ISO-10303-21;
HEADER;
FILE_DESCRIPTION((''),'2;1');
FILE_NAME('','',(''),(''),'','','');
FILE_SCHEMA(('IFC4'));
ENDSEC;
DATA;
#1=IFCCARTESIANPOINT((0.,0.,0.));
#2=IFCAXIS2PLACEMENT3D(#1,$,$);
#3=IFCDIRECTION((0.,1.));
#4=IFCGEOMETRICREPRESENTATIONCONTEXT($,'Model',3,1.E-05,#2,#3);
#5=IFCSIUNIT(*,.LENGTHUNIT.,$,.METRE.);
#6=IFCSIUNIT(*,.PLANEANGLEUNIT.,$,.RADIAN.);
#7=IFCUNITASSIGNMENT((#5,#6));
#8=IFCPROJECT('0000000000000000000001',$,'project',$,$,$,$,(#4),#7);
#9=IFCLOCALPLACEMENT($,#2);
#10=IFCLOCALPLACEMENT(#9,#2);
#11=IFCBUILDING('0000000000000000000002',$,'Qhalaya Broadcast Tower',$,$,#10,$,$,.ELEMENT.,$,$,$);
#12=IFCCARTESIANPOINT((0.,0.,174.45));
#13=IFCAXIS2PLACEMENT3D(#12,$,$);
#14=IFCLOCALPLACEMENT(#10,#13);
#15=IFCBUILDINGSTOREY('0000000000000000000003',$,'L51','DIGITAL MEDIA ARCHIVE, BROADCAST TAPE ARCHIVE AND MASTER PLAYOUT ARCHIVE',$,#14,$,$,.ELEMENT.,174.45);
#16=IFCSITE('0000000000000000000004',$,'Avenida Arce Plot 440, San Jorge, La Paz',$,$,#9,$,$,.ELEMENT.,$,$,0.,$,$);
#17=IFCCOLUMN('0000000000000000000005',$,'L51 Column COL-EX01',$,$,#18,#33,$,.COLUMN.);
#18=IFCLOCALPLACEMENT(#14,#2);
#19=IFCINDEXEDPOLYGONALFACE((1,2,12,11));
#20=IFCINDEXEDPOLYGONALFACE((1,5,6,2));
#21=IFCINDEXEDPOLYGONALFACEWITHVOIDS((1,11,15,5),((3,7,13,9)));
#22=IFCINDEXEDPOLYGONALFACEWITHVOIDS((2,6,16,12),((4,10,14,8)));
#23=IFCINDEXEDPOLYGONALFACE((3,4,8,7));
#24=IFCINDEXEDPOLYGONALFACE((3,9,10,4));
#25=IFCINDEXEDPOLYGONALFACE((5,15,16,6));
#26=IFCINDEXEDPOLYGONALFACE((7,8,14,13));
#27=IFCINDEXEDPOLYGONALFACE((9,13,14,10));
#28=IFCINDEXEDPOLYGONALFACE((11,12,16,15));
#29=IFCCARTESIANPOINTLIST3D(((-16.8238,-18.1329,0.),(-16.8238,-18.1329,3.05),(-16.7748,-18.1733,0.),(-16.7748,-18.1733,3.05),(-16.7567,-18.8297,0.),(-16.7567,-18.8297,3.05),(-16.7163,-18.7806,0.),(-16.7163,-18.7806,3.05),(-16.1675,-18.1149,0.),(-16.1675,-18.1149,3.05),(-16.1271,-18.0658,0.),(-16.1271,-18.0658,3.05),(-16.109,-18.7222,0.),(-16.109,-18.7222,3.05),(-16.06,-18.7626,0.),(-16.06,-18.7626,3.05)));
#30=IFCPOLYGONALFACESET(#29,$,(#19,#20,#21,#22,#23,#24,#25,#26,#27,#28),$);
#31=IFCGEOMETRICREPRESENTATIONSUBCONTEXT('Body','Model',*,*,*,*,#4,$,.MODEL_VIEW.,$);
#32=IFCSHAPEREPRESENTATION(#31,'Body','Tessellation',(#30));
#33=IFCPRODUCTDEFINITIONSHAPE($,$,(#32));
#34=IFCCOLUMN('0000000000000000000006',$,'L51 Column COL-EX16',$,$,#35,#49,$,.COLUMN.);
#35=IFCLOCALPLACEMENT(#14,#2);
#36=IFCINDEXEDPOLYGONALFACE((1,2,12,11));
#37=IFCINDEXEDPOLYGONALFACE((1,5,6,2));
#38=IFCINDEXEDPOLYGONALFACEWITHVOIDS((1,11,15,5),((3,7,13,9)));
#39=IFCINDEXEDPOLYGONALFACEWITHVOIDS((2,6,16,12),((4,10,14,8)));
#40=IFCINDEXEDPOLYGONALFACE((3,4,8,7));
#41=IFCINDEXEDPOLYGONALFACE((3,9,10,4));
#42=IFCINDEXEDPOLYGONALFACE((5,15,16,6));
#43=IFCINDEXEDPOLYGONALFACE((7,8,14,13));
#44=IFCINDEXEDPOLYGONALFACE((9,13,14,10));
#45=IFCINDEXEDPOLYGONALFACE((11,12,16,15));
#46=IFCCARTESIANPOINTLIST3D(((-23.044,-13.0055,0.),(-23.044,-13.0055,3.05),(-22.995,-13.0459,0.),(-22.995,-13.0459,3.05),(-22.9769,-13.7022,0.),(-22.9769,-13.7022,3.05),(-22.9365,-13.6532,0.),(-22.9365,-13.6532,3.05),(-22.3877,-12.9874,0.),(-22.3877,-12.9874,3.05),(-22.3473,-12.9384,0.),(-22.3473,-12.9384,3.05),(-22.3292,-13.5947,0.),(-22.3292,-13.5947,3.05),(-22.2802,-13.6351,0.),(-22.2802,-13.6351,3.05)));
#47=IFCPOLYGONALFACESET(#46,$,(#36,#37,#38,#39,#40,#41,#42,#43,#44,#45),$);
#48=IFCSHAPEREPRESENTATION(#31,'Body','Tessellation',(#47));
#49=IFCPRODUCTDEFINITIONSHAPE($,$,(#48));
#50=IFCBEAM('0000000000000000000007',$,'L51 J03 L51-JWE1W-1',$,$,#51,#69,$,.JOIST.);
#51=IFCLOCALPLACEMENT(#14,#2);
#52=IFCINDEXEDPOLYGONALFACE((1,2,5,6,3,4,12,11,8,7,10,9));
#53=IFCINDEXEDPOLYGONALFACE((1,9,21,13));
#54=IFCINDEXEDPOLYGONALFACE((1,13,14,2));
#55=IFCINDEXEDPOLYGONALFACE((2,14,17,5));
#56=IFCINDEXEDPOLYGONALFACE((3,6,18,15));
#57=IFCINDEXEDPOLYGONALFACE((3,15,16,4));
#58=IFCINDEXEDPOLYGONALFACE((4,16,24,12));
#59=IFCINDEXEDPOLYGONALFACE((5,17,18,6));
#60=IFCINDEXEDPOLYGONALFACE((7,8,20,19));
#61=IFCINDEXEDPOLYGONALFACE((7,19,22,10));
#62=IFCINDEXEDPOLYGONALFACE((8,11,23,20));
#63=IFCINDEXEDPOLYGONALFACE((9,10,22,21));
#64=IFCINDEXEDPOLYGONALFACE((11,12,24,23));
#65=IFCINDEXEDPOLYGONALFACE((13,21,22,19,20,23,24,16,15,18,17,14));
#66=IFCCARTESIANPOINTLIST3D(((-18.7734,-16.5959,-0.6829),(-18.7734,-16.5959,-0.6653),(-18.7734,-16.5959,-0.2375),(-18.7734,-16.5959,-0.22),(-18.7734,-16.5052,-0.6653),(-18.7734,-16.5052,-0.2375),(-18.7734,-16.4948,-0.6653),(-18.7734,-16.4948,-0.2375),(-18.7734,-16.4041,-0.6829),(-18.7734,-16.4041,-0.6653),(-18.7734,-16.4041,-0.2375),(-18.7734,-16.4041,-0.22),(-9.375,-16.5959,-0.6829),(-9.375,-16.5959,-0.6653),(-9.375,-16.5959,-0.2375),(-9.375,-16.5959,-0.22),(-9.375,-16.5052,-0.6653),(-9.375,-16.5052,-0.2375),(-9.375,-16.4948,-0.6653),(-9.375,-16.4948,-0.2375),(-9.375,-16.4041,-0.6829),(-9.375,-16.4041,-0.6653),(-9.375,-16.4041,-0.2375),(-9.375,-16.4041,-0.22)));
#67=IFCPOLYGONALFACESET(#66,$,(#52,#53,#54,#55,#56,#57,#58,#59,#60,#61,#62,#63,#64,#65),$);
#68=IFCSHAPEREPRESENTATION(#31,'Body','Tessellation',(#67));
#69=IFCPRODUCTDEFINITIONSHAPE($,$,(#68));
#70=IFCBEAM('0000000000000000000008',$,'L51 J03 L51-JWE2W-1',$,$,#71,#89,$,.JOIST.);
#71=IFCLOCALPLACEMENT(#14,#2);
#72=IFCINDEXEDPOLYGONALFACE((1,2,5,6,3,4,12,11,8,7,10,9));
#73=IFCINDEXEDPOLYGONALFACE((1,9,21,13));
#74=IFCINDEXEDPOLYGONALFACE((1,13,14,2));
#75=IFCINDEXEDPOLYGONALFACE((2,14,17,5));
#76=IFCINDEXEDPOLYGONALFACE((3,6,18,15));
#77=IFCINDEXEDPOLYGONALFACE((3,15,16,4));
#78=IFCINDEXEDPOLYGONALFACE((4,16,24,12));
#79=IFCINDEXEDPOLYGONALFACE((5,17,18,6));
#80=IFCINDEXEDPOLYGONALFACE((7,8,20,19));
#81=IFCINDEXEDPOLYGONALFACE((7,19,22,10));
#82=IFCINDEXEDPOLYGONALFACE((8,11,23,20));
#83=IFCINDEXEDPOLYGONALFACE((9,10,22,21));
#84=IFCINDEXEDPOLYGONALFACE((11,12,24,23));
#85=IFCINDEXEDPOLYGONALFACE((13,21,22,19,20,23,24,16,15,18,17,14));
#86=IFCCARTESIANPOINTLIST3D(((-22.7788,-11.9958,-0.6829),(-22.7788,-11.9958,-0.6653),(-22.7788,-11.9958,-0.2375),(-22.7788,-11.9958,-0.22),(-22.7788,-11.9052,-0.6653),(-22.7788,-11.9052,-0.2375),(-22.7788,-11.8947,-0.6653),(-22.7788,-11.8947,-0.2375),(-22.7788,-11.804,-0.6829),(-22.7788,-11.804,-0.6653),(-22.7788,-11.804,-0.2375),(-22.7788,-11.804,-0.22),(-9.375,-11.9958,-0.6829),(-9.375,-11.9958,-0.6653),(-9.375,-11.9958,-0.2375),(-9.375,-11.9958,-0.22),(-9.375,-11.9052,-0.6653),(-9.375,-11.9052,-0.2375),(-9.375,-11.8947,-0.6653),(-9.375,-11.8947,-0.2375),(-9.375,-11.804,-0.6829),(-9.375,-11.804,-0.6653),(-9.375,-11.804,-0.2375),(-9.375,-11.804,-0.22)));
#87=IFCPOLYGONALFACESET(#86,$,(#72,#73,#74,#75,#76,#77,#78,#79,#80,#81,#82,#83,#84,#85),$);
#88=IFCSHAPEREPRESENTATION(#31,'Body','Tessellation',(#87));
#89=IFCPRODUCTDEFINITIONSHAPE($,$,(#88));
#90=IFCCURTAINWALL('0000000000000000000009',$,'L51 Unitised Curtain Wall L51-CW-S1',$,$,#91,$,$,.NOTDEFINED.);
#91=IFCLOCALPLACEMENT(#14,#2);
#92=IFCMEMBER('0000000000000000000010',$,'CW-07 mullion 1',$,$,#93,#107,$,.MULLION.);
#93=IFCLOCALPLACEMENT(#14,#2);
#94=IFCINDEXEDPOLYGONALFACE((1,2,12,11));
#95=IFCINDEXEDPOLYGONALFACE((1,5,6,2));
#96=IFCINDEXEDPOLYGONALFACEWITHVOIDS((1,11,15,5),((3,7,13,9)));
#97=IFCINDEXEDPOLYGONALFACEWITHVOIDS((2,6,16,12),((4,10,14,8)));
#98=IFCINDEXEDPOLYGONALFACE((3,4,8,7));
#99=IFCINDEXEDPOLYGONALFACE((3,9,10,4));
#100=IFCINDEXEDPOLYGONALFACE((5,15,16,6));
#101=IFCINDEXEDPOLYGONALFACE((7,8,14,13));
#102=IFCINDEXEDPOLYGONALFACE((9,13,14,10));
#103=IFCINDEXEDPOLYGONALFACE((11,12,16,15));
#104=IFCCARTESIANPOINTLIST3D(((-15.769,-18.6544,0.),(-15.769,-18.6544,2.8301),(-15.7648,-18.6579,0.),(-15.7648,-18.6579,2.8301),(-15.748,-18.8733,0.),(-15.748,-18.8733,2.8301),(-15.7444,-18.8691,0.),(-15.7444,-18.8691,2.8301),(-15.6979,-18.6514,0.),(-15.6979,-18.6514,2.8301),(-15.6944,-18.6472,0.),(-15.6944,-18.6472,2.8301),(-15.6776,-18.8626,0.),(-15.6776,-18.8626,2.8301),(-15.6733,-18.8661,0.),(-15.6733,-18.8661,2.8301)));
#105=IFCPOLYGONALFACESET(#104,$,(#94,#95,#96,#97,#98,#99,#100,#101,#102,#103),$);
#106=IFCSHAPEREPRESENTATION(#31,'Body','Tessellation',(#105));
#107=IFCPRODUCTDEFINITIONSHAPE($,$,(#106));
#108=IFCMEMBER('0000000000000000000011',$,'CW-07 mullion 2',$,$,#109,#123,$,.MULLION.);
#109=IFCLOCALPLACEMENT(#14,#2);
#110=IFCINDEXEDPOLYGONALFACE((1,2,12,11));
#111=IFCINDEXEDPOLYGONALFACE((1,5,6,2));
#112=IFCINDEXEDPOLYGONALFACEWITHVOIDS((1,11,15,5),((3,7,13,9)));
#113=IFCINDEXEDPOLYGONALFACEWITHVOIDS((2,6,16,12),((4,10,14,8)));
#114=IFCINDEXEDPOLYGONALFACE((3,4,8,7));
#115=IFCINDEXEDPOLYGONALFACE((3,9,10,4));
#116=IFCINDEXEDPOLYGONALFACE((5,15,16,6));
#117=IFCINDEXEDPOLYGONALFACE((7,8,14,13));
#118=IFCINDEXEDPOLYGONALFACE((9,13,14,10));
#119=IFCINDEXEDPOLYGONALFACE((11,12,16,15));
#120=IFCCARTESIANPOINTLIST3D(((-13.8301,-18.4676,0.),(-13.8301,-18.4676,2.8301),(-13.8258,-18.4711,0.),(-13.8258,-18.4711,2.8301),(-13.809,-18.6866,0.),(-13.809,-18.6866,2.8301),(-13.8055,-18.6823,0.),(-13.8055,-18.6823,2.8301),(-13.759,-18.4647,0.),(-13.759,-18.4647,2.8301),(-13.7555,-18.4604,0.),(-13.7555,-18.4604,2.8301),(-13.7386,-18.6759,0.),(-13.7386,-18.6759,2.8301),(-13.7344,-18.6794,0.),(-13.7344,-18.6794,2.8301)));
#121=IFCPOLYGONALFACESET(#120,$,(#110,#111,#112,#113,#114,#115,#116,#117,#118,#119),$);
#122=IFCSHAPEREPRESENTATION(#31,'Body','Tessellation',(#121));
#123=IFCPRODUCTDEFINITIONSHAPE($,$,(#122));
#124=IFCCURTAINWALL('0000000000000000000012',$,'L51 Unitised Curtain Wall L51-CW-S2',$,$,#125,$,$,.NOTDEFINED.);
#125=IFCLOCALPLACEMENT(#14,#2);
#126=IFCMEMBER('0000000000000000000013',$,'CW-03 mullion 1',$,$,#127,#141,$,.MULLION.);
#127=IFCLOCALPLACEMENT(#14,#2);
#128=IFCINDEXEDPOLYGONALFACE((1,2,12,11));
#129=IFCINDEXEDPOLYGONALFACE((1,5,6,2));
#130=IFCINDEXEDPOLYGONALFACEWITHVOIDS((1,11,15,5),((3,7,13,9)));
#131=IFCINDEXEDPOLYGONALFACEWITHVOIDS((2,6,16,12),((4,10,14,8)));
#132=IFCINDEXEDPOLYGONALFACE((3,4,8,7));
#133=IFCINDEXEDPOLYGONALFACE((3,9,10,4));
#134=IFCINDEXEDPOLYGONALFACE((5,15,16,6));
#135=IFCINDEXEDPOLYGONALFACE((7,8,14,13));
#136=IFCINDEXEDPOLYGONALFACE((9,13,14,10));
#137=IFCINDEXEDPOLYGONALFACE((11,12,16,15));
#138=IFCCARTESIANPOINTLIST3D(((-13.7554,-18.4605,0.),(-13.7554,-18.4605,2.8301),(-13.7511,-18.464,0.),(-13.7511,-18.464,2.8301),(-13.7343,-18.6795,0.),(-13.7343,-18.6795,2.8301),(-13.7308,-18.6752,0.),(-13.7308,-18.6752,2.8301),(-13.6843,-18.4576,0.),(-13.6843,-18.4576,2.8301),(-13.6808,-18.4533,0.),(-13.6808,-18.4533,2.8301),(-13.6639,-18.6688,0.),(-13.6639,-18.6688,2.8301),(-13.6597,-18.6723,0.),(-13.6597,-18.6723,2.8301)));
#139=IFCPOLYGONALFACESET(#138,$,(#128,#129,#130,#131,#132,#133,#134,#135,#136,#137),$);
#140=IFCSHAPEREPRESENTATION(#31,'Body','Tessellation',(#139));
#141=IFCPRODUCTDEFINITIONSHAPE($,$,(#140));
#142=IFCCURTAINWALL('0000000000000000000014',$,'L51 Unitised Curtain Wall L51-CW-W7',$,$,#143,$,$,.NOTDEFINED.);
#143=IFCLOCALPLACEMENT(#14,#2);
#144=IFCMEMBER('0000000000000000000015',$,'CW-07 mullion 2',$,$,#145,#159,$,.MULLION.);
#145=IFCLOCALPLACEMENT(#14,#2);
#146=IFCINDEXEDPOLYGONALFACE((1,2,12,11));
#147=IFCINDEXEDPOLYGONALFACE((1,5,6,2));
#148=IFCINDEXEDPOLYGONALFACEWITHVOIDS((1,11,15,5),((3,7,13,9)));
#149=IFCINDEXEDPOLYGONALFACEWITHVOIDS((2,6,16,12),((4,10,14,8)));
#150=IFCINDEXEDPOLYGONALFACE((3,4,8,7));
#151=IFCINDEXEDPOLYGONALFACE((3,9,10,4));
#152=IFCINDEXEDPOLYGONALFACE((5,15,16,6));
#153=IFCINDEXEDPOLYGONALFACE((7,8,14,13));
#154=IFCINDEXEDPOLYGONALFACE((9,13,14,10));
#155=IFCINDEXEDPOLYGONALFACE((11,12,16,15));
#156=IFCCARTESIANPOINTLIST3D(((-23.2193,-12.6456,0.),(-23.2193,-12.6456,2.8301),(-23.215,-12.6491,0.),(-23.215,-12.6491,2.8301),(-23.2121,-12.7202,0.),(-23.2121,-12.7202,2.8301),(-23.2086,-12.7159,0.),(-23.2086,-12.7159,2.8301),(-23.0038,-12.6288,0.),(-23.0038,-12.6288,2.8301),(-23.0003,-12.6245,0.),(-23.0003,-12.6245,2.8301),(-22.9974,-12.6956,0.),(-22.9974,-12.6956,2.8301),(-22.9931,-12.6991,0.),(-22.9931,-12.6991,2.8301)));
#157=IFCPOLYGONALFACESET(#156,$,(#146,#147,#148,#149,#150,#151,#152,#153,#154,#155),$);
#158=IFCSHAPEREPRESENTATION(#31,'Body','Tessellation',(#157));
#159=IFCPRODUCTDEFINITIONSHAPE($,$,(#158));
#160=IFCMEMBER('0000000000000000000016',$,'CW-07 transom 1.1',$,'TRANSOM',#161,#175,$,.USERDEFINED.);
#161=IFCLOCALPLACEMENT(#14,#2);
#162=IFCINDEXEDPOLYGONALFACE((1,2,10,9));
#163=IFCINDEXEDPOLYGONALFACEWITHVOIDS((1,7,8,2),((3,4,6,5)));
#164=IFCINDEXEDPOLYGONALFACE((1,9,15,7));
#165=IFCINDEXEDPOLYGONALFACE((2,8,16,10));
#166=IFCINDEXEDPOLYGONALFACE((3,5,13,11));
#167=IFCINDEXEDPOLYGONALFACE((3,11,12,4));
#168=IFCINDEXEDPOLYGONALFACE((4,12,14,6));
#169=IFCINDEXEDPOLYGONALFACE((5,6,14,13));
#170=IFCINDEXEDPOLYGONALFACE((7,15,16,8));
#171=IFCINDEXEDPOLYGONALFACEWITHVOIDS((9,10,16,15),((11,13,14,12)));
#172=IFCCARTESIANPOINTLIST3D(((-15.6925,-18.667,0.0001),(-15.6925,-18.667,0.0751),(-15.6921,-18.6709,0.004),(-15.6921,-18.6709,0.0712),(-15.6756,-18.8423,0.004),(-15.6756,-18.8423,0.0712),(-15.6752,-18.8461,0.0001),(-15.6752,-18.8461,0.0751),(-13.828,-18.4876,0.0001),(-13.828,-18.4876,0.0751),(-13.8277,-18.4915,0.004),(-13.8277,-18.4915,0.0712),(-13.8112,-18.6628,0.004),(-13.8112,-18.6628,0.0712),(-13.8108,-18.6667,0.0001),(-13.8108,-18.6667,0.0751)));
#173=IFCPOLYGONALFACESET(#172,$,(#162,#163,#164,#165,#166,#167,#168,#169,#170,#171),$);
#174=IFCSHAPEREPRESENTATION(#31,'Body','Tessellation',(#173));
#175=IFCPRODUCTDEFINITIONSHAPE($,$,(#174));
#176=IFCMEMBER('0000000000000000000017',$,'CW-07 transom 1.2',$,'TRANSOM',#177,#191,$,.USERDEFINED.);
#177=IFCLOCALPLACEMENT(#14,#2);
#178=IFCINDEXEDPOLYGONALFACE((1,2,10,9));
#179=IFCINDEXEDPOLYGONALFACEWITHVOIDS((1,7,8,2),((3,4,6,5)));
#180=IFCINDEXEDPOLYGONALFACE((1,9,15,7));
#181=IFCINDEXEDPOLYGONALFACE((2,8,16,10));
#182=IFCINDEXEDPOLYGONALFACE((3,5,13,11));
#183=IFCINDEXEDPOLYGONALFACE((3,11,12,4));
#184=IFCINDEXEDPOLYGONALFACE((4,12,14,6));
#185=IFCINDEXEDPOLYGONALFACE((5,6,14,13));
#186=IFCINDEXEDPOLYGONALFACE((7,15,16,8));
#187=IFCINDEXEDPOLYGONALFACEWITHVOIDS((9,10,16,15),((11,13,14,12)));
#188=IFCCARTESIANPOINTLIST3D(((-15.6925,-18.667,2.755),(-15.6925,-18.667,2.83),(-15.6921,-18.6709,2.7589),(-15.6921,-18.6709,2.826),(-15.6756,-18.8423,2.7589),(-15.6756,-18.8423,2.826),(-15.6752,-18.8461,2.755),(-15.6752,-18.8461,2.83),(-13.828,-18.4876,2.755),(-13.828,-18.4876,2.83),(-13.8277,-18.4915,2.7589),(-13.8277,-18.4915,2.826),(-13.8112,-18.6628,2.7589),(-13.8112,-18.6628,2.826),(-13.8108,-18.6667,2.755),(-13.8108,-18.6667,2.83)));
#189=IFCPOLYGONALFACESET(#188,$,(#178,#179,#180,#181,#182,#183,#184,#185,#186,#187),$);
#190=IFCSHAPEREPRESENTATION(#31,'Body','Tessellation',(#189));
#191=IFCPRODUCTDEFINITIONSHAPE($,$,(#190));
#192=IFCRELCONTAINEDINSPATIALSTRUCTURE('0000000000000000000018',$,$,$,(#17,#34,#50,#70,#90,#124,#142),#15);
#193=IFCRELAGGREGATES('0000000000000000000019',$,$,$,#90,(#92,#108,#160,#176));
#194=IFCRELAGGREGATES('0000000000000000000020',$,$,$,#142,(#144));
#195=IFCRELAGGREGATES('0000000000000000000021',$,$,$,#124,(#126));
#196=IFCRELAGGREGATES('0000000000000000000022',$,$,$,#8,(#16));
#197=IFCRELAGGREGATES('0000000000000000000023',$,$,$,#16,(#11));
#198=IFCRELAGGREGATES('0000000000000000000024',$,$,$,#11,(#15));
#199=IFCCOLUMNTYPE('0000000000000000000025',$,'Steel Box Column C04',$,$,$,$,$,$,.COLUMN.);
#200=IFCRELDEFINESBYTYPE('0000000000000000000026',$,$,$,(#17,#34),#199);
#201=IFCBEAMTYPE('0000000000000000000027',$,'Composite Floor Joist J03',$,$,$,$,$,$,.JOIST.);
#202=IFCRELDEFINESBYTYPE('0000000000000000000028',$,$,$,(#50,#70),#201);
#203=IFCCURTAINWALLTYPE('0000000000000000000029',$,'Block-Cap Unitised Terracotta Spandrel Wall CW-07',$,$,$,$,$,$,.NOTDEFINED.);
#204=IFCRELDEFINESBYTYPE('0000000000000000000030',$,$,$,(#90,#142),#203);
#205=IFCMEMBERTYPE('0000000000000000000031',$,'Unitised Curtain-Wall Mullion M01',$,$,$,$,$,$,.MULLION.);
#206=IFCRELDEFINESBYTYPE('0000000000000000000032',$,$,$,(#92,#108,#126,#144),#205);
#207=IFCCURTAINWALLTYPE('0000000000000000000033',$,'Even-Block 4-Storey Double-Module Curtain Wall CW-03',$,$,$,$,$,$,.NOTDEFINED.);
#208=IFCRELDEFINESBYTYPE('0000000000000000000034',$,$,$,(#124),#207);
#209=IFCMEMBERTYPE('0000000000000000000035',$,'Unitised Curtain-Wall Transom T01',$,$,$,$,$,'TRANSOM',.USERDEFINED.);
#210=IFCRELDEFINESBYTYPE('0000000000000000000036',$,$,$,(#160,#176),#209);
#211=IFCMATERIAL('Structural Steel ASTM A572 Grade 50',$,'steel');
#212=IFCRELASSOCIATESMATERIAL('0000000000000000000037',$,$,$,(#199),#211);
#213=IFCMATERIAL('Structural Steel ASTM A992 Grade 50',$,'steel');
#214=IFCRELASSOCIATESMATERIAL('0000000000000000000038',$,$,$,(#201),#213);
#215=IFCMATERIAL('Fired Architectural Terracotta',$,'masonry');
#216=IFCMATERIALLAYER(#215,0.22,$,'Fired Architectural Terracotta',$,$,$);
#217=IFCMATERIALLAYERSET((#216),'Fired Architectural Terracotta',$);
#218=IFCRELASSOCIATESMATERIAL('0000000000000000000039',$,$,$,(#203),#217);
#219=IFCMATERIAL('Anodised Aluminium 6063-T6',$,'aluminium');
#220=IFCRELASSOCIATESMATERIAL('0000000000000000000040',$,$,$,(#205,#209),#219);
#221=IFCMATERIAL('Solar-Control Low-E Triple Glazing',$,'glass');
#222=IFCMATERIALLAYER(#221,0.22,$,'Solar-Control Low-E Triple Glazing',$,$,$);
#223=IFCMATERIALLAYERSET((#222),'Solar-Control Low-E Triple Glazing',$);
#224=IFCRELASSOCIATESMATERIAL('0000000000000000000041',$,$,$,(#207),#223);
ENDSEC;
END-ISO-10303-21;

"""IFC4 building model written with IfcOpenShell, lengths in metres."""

from ifc_helpers import new_model, si_unit, direction, frame, origin, origin_2d, place, context, subcontext, project, spatial, hollow_rectangle, i_section, extrude, material, layer, layer_set, material_profile, profile_set, type_object, element, aggregate, save


model = new_model("IFC4")

# Units and contexts
model_context = context("Model", 3, precision=1e-05, world=origin(), true_north=direction((0.0, 1.0)))
body_context = subcontext(model_context, "Body", "Model", "MODEL_VIEW")
ifc_project = project(units=[si_unit("LENGTHUNIT", "METRE"), si_unit("PLANEANGLEUNIT", "RADIAN")], contexts=[model_context])

# Site, building, storey
site_placement = place(None, origin())
site = spatial("IfcSite", under=ifc_project, at=site_placement, Name="Avenida Arce Plot 440, San Jorge, La Paz", CompositionType="ELEMENT", RefElevation=0.0)
building_placement = place(site_placement, origin())
building = spatial("IfcBuilding", under=site, at=building_placement, Name="Qhalaya Broadcast Tower", CompositionType="ELEMENT")
storey_placement = place(building_placement, frame((0.0, 0.0, 174.45)))
storey = spatial("IfcBuildingStorey", under=building, at=storey_placement, Name="L51", Description="DIGITAL MEDIA ARCHIVE, BROADCAST TAPE ARCHIVE AND MASTER PLAYOUT ARCHIVE", CompositionType="ELEMENT", Elevation=174.45)

# Columns
ifc_material_1 = material(Name="Structural Steel ASTM A572 Grade 50", Category="steel")
ifc_material_profile_1 = material_profile(ifc_material_1, hollow_rectangle(XDim=0.7, YDim=0.7, WallThickness=0.0449, at=origin_2d()), Name="BOX 700x700x45")
ifc_profile_set_1 = profile_set([ifc_material_profile_1], Name="Structural Steel ASTM A572 Grade 50")
column_type = type_object("IfcColumnType", Name="Steel Box Column C04", PredefinedType="COLUMN", material=ifc_profile_set_1)
for number, where, z_axis, x_axis, name in (
    (1, (-16.4419, -18.4478, 0.0), (0.0, 0.0, 1.0), (0.995396, 0.095846, 0.0), "L51 Column COL-EX01"),
    (2, (-22.6621, -13.3203, 0.0), (0.0, 0.0, 1.0), (-0.095846, 0.995396, 0.0), "L51 Column COL-EX16"),
):
    element("IfcColumn", number, at=place(storey_placement, frame(where, z_axis=z_axis, x_axis=x_axis)), inside=storey, type_object=column_type, Name=name, PredefinedType="COLUMN", context=body_context, shape_type="SweptSolid", body=[
        extrude(hollow_rectangle(XDim=0.7, YDim=0.7, WallThickness=0.0449, at=origin_2d()), origin(), (0.0, 0.0, 1.0), 3.05),
    ])

# Beams
ifc_material_2 = material(Name="Structural Steel ASTM A992 Grade 50", Category="steel")
ifc_material_profile_2 = material_profile(ifc_material_2, i_section(OverallWidth=0.1919, OverallDepth=0.4629, WebThickness=0.0105, FlangeThickness=0.0176, at=origin_2d()), Name="W18X60")
ifc_profile_set_2 = profile_set([ifc_material_profile_2], Name="Structural Steel ASTM A992 Grade 50")
beam_type_1 = type_object("IfcBeamType", Name="Composite Floor Joist J03", PredefinedType="JOIST", material=ifc_profile_set_2)
beam_1_placement = place(storey_placement, frame((-18.7734, -16.5, -0.4514), z_axis=(1.0, 0.0, 0.0), x_axis=(0.0, 1.0, 0.0)))
element("IfcBeam", 3, at=beam_1_placement, inside=storey, type_object=beam_type_1, Name="L51 J03 L51-JWE1W-1", PredefinedType="JOIST", context=body_context, shape_type="SweptSolid", body=[
    extrude(i_section(OverallWidth=0.1919, OverallDepth=0.4629, WebThickness=0.0105, FlangeThickness=0.0176, at=origin_2d()), origin(), (0.0, 0.0, 1.0), 9.3984),
])
beam_2_placement = place(storey_placement, frame((-22.7788, -11.8999, -0.4514), z_axis=(1.0, 0.0, 0.0), x_axis=(0.0, 1.0, 0.0)))
element("IfcBeam", 4, at=beam_2_placement, inside=storey, type_object=beam_type_1, Name="L51 J03 L51-JWE2W-1", PredefinedType="JOIST", context=body_context, shape_type="SweptSolid", body=[
    extrude(i_section(OverallWidth=0.1919, OverallDepth=0.4629, WebThickness=0.0105, FlangeThickness=0.0176, at=origin_2d()), origin(), (0.0, 0.0, 1.0), 13.4038),
])

# Curtain wall, members
ifc_material_3 = material(Name="Fired Architectural Terracotta", Category="masonry")
ifc_layer_1 = layer(ifc_material_3, 0.22, Name="Fired Architectural Terracotta")
ifc_layer_set_1 = layer_set([ifc_layer_1], Name="Fired Architectural Terracotta")
curtain_wall_type_1 = type_object("IfcCurtainWallType", Name="Block-Cap Unitised Terracotta Spandrel Wall CW-07", PredefinedType="NOTDEFINED", material=ifc_layer_set_1)
curtain_wall_1_placement = place(storey_placement, origin())
curtain_wall_1 = element("IfcCurtainWall", 5, at=curtain_wall_1_placement, inside=storey, type_object=curtain_wall_type_1, Name="L51 Unitised Curtain Wall L51-CW-S1", PredefinedType="NOTDEFINED")
ifc_material_4 = material(Name="Anodised Aluminium 6063-T6", Category="aluminium")
ifc_material_profile_3 = material_profile(ifc_material_4, hollow_rectangle(XDim=0.075, YDim=0.22, WallThickness=0.0039, at=origin_2d()), Name="ALU-MUL 75x220x4")
ifc_profile_set_3 = profile_set([ifc_material_profile_3], Name="Anodised Aluminium 6063-T6")
member_type_1 = type_object("IfcMemberType", Name="Unitised Curtain-Wall Mullion M01", PredefinedType="MULLION", material=ifc_profile_set_3)
member_1_placement = place(storey_placement, frame((-15.7212, -18.7603, 0.0), z_axis=(0.0, 0.0, 1.0), x_axis=(0.995396, 0.095847, 0.0)))
member_1 = element("IfcMember", 6, at=member_1_placement, type_object=member_type_1, Name="CW-07 mullion 1", PredefinedType="MULLION", context=body_context, shape_type="SweptSolid", body=[
    extrude(hollow_rectangle(XDim=0.075, YDim=0.22, WallThickness=0.0039, at=origin_2d()), origin(), (0.0, 0.0, 1.0), 2.8301),
])
member_2_placement = place(storey_placement, frame((-13.7822, -18.5735, 0.0), z_axis=(0.0, 0.0, 1.0), x_axis=(0.995396, 0.095847, 0.0)))
member_2 = element("IfcMember", 7, at=member_2_placement, type_object=member_type_1, Name="CW-07 mullion 2", PredefinedType="MULLION", context=body_context, shape_type="SweptSolid", body=[
    extrude(hollow_rectangle(XDim=0.075, YDim=0.22, WallThickness=0.0039, at=origin_2d()), origin(), (0.0, 0.0, 1.0), 2.8301),
])

# Curtain walls, members
ifc_material_5 = material(Name="Solar-Control Low-E Triple Glazing", Category="glass")
ifc_layer_2 = layer(ifc_material_5, 0.22, Name="Solar-Control Low-E Triple Glazing")
ifc_layer_set_2 = layer_set([ifc_layer_2], Name="Solar-Control Low-E Triple Glazing")
curtain_wall_type_2 = type_object("IfcCurtainWallType", Name="Even-Block 4-Storey Double-Module Curtain Wall CW-03", PredefinedType="NOTDEFINED", material=ifc_layer_set_2)
curtain_wall_2_placement = place(storey_placement, origin())
curtain_wall_2 = element("IfcCurtainWall", 8, at=curtain_wall_2_placement, inside=storey, type_object=curtain_wall_type_2, Name="L51 Unitised Curtain Wall L51-CW-S2", PredefinedType="NOTDEFINED")
member_3_placement = place(storey_placement, frame((-13.7075, -18.5664, 0.0), z_axis=(0.0, 0.0, 1.0), x_axis=(0.995397, 0.095839, 0.0)))
member_3 = element("IfcMember", 9, at=member_3_placement, type_object=member_type_1, Name="CW-03 mullion 1", PredefinedType="MULLION", context=body_context, shape_type="SweptSolid", body=[
    extrude(hollow_rectangle(XDim=0.075, YDim=0.22, WallThickness=0.0039, at=origin_2d()), origin(), (0.0, 0.0, 1.0), 2.8301),
])
curtain_wall_3_placement = place(storey_placement, origin())
curtain_wall_3 = element("IfcCurtainWall", 10, at=curtain_wall_3_placement, inside=storey, type_object=curtain_wall_type_1, Name="L51 Unitised Curtain Wall L51-CW-W7", PredefinedType="NOTDEFINED")
member_4_placement = place(storey_placement, frame((-23.1062, -12.6724, 0.0), z_axis=(0.0, 0.0, 1.0), x_axis=(0.095861, -0.995395, 0.0)))
member_4 = element("IfcMember", 11, at=member_4_placement, type_object=member_type_1, Name="CW-07 mullion 2", PredefinedType="MULLION", context=body_context, shape_type="SweptSolid", body=[
    extrude(hollow_rectangle(XDim=0.075, YDim=0.22, WallThickness=0.0039, at=origin_2d()), origin(), (0.0, 0.0, 1.0), 2.8301),
])

# Members
ifc_material_profile_4 = material_profile(ifc_material_4, hollow_rectangle(XDim=0.075, YDim=0.1799, WallThickness=0.0039, at=origin_2d()), Name="ALU-TRN 75x180x4")
ifc_profile_set_4 = profile_set([ifc_material_profile_4], Name="Anodised Aluminium 6063-T6")
member_type_2 = type_object("IfcMemberType", Name="Unitised Curtain-Wall Transom T01", ElementType="TRANSOM", PredefinedType="USERDEFINED", material=ifc_profile_set_4)
member_5_placement = place(storey_placement, frame((-15.6838, -18.7566, 0.0376), z_axis=(0.995401, 0.095799, 0.0), x_axis=(0.0, 0.0, 1.0)))
member_5 = element("IfcMember", 12, at=member_5_placement, type_object=member_type_2, Name="CW-07 transom 1.1", ObjectType="TRANSOM", PredefinedType="USERDEFINED", context=body_context, shape_type="SweptSolid", body=[
    extrude(hollow_rectangle(XDim=0.075, YDim=0.1799, WallThickness=0.0039, at=origin_2d()), origin(), (0.0, 0.0, 1.0), 1.873),
])
member_6_placement = place(storey_placement, frame((-15.6838, -18.7566, 2.7925), z_axis=(0.995401, 0.095799, 0.0), x_axis=(0.0, 0.0, 1.0)))
member_6 = element("IfcMember", 13, at=member_6_placement, type_object=member_type_2, Name="CW-07 transom 1.2", ObjectType="TRANSOM", PredefinedType="USERDEFINED", context=body_context, shape_type="SweptSolid", body=[
    extrude(hollow_rectangle(XDim=0.075, YDim=0.1799, WallThickness=0.0039, at=origin_2d()), origin(), (0.0, 0.0, 1.0), 1.873),
])

aggregate(curtain_wall_1, [member_1, member_2, member_5, member_6])
aggregate(curtain_wall_3, [member_4])
aggregate(curtain_wall_2, [member_3])

save(model, "model.ifc")
